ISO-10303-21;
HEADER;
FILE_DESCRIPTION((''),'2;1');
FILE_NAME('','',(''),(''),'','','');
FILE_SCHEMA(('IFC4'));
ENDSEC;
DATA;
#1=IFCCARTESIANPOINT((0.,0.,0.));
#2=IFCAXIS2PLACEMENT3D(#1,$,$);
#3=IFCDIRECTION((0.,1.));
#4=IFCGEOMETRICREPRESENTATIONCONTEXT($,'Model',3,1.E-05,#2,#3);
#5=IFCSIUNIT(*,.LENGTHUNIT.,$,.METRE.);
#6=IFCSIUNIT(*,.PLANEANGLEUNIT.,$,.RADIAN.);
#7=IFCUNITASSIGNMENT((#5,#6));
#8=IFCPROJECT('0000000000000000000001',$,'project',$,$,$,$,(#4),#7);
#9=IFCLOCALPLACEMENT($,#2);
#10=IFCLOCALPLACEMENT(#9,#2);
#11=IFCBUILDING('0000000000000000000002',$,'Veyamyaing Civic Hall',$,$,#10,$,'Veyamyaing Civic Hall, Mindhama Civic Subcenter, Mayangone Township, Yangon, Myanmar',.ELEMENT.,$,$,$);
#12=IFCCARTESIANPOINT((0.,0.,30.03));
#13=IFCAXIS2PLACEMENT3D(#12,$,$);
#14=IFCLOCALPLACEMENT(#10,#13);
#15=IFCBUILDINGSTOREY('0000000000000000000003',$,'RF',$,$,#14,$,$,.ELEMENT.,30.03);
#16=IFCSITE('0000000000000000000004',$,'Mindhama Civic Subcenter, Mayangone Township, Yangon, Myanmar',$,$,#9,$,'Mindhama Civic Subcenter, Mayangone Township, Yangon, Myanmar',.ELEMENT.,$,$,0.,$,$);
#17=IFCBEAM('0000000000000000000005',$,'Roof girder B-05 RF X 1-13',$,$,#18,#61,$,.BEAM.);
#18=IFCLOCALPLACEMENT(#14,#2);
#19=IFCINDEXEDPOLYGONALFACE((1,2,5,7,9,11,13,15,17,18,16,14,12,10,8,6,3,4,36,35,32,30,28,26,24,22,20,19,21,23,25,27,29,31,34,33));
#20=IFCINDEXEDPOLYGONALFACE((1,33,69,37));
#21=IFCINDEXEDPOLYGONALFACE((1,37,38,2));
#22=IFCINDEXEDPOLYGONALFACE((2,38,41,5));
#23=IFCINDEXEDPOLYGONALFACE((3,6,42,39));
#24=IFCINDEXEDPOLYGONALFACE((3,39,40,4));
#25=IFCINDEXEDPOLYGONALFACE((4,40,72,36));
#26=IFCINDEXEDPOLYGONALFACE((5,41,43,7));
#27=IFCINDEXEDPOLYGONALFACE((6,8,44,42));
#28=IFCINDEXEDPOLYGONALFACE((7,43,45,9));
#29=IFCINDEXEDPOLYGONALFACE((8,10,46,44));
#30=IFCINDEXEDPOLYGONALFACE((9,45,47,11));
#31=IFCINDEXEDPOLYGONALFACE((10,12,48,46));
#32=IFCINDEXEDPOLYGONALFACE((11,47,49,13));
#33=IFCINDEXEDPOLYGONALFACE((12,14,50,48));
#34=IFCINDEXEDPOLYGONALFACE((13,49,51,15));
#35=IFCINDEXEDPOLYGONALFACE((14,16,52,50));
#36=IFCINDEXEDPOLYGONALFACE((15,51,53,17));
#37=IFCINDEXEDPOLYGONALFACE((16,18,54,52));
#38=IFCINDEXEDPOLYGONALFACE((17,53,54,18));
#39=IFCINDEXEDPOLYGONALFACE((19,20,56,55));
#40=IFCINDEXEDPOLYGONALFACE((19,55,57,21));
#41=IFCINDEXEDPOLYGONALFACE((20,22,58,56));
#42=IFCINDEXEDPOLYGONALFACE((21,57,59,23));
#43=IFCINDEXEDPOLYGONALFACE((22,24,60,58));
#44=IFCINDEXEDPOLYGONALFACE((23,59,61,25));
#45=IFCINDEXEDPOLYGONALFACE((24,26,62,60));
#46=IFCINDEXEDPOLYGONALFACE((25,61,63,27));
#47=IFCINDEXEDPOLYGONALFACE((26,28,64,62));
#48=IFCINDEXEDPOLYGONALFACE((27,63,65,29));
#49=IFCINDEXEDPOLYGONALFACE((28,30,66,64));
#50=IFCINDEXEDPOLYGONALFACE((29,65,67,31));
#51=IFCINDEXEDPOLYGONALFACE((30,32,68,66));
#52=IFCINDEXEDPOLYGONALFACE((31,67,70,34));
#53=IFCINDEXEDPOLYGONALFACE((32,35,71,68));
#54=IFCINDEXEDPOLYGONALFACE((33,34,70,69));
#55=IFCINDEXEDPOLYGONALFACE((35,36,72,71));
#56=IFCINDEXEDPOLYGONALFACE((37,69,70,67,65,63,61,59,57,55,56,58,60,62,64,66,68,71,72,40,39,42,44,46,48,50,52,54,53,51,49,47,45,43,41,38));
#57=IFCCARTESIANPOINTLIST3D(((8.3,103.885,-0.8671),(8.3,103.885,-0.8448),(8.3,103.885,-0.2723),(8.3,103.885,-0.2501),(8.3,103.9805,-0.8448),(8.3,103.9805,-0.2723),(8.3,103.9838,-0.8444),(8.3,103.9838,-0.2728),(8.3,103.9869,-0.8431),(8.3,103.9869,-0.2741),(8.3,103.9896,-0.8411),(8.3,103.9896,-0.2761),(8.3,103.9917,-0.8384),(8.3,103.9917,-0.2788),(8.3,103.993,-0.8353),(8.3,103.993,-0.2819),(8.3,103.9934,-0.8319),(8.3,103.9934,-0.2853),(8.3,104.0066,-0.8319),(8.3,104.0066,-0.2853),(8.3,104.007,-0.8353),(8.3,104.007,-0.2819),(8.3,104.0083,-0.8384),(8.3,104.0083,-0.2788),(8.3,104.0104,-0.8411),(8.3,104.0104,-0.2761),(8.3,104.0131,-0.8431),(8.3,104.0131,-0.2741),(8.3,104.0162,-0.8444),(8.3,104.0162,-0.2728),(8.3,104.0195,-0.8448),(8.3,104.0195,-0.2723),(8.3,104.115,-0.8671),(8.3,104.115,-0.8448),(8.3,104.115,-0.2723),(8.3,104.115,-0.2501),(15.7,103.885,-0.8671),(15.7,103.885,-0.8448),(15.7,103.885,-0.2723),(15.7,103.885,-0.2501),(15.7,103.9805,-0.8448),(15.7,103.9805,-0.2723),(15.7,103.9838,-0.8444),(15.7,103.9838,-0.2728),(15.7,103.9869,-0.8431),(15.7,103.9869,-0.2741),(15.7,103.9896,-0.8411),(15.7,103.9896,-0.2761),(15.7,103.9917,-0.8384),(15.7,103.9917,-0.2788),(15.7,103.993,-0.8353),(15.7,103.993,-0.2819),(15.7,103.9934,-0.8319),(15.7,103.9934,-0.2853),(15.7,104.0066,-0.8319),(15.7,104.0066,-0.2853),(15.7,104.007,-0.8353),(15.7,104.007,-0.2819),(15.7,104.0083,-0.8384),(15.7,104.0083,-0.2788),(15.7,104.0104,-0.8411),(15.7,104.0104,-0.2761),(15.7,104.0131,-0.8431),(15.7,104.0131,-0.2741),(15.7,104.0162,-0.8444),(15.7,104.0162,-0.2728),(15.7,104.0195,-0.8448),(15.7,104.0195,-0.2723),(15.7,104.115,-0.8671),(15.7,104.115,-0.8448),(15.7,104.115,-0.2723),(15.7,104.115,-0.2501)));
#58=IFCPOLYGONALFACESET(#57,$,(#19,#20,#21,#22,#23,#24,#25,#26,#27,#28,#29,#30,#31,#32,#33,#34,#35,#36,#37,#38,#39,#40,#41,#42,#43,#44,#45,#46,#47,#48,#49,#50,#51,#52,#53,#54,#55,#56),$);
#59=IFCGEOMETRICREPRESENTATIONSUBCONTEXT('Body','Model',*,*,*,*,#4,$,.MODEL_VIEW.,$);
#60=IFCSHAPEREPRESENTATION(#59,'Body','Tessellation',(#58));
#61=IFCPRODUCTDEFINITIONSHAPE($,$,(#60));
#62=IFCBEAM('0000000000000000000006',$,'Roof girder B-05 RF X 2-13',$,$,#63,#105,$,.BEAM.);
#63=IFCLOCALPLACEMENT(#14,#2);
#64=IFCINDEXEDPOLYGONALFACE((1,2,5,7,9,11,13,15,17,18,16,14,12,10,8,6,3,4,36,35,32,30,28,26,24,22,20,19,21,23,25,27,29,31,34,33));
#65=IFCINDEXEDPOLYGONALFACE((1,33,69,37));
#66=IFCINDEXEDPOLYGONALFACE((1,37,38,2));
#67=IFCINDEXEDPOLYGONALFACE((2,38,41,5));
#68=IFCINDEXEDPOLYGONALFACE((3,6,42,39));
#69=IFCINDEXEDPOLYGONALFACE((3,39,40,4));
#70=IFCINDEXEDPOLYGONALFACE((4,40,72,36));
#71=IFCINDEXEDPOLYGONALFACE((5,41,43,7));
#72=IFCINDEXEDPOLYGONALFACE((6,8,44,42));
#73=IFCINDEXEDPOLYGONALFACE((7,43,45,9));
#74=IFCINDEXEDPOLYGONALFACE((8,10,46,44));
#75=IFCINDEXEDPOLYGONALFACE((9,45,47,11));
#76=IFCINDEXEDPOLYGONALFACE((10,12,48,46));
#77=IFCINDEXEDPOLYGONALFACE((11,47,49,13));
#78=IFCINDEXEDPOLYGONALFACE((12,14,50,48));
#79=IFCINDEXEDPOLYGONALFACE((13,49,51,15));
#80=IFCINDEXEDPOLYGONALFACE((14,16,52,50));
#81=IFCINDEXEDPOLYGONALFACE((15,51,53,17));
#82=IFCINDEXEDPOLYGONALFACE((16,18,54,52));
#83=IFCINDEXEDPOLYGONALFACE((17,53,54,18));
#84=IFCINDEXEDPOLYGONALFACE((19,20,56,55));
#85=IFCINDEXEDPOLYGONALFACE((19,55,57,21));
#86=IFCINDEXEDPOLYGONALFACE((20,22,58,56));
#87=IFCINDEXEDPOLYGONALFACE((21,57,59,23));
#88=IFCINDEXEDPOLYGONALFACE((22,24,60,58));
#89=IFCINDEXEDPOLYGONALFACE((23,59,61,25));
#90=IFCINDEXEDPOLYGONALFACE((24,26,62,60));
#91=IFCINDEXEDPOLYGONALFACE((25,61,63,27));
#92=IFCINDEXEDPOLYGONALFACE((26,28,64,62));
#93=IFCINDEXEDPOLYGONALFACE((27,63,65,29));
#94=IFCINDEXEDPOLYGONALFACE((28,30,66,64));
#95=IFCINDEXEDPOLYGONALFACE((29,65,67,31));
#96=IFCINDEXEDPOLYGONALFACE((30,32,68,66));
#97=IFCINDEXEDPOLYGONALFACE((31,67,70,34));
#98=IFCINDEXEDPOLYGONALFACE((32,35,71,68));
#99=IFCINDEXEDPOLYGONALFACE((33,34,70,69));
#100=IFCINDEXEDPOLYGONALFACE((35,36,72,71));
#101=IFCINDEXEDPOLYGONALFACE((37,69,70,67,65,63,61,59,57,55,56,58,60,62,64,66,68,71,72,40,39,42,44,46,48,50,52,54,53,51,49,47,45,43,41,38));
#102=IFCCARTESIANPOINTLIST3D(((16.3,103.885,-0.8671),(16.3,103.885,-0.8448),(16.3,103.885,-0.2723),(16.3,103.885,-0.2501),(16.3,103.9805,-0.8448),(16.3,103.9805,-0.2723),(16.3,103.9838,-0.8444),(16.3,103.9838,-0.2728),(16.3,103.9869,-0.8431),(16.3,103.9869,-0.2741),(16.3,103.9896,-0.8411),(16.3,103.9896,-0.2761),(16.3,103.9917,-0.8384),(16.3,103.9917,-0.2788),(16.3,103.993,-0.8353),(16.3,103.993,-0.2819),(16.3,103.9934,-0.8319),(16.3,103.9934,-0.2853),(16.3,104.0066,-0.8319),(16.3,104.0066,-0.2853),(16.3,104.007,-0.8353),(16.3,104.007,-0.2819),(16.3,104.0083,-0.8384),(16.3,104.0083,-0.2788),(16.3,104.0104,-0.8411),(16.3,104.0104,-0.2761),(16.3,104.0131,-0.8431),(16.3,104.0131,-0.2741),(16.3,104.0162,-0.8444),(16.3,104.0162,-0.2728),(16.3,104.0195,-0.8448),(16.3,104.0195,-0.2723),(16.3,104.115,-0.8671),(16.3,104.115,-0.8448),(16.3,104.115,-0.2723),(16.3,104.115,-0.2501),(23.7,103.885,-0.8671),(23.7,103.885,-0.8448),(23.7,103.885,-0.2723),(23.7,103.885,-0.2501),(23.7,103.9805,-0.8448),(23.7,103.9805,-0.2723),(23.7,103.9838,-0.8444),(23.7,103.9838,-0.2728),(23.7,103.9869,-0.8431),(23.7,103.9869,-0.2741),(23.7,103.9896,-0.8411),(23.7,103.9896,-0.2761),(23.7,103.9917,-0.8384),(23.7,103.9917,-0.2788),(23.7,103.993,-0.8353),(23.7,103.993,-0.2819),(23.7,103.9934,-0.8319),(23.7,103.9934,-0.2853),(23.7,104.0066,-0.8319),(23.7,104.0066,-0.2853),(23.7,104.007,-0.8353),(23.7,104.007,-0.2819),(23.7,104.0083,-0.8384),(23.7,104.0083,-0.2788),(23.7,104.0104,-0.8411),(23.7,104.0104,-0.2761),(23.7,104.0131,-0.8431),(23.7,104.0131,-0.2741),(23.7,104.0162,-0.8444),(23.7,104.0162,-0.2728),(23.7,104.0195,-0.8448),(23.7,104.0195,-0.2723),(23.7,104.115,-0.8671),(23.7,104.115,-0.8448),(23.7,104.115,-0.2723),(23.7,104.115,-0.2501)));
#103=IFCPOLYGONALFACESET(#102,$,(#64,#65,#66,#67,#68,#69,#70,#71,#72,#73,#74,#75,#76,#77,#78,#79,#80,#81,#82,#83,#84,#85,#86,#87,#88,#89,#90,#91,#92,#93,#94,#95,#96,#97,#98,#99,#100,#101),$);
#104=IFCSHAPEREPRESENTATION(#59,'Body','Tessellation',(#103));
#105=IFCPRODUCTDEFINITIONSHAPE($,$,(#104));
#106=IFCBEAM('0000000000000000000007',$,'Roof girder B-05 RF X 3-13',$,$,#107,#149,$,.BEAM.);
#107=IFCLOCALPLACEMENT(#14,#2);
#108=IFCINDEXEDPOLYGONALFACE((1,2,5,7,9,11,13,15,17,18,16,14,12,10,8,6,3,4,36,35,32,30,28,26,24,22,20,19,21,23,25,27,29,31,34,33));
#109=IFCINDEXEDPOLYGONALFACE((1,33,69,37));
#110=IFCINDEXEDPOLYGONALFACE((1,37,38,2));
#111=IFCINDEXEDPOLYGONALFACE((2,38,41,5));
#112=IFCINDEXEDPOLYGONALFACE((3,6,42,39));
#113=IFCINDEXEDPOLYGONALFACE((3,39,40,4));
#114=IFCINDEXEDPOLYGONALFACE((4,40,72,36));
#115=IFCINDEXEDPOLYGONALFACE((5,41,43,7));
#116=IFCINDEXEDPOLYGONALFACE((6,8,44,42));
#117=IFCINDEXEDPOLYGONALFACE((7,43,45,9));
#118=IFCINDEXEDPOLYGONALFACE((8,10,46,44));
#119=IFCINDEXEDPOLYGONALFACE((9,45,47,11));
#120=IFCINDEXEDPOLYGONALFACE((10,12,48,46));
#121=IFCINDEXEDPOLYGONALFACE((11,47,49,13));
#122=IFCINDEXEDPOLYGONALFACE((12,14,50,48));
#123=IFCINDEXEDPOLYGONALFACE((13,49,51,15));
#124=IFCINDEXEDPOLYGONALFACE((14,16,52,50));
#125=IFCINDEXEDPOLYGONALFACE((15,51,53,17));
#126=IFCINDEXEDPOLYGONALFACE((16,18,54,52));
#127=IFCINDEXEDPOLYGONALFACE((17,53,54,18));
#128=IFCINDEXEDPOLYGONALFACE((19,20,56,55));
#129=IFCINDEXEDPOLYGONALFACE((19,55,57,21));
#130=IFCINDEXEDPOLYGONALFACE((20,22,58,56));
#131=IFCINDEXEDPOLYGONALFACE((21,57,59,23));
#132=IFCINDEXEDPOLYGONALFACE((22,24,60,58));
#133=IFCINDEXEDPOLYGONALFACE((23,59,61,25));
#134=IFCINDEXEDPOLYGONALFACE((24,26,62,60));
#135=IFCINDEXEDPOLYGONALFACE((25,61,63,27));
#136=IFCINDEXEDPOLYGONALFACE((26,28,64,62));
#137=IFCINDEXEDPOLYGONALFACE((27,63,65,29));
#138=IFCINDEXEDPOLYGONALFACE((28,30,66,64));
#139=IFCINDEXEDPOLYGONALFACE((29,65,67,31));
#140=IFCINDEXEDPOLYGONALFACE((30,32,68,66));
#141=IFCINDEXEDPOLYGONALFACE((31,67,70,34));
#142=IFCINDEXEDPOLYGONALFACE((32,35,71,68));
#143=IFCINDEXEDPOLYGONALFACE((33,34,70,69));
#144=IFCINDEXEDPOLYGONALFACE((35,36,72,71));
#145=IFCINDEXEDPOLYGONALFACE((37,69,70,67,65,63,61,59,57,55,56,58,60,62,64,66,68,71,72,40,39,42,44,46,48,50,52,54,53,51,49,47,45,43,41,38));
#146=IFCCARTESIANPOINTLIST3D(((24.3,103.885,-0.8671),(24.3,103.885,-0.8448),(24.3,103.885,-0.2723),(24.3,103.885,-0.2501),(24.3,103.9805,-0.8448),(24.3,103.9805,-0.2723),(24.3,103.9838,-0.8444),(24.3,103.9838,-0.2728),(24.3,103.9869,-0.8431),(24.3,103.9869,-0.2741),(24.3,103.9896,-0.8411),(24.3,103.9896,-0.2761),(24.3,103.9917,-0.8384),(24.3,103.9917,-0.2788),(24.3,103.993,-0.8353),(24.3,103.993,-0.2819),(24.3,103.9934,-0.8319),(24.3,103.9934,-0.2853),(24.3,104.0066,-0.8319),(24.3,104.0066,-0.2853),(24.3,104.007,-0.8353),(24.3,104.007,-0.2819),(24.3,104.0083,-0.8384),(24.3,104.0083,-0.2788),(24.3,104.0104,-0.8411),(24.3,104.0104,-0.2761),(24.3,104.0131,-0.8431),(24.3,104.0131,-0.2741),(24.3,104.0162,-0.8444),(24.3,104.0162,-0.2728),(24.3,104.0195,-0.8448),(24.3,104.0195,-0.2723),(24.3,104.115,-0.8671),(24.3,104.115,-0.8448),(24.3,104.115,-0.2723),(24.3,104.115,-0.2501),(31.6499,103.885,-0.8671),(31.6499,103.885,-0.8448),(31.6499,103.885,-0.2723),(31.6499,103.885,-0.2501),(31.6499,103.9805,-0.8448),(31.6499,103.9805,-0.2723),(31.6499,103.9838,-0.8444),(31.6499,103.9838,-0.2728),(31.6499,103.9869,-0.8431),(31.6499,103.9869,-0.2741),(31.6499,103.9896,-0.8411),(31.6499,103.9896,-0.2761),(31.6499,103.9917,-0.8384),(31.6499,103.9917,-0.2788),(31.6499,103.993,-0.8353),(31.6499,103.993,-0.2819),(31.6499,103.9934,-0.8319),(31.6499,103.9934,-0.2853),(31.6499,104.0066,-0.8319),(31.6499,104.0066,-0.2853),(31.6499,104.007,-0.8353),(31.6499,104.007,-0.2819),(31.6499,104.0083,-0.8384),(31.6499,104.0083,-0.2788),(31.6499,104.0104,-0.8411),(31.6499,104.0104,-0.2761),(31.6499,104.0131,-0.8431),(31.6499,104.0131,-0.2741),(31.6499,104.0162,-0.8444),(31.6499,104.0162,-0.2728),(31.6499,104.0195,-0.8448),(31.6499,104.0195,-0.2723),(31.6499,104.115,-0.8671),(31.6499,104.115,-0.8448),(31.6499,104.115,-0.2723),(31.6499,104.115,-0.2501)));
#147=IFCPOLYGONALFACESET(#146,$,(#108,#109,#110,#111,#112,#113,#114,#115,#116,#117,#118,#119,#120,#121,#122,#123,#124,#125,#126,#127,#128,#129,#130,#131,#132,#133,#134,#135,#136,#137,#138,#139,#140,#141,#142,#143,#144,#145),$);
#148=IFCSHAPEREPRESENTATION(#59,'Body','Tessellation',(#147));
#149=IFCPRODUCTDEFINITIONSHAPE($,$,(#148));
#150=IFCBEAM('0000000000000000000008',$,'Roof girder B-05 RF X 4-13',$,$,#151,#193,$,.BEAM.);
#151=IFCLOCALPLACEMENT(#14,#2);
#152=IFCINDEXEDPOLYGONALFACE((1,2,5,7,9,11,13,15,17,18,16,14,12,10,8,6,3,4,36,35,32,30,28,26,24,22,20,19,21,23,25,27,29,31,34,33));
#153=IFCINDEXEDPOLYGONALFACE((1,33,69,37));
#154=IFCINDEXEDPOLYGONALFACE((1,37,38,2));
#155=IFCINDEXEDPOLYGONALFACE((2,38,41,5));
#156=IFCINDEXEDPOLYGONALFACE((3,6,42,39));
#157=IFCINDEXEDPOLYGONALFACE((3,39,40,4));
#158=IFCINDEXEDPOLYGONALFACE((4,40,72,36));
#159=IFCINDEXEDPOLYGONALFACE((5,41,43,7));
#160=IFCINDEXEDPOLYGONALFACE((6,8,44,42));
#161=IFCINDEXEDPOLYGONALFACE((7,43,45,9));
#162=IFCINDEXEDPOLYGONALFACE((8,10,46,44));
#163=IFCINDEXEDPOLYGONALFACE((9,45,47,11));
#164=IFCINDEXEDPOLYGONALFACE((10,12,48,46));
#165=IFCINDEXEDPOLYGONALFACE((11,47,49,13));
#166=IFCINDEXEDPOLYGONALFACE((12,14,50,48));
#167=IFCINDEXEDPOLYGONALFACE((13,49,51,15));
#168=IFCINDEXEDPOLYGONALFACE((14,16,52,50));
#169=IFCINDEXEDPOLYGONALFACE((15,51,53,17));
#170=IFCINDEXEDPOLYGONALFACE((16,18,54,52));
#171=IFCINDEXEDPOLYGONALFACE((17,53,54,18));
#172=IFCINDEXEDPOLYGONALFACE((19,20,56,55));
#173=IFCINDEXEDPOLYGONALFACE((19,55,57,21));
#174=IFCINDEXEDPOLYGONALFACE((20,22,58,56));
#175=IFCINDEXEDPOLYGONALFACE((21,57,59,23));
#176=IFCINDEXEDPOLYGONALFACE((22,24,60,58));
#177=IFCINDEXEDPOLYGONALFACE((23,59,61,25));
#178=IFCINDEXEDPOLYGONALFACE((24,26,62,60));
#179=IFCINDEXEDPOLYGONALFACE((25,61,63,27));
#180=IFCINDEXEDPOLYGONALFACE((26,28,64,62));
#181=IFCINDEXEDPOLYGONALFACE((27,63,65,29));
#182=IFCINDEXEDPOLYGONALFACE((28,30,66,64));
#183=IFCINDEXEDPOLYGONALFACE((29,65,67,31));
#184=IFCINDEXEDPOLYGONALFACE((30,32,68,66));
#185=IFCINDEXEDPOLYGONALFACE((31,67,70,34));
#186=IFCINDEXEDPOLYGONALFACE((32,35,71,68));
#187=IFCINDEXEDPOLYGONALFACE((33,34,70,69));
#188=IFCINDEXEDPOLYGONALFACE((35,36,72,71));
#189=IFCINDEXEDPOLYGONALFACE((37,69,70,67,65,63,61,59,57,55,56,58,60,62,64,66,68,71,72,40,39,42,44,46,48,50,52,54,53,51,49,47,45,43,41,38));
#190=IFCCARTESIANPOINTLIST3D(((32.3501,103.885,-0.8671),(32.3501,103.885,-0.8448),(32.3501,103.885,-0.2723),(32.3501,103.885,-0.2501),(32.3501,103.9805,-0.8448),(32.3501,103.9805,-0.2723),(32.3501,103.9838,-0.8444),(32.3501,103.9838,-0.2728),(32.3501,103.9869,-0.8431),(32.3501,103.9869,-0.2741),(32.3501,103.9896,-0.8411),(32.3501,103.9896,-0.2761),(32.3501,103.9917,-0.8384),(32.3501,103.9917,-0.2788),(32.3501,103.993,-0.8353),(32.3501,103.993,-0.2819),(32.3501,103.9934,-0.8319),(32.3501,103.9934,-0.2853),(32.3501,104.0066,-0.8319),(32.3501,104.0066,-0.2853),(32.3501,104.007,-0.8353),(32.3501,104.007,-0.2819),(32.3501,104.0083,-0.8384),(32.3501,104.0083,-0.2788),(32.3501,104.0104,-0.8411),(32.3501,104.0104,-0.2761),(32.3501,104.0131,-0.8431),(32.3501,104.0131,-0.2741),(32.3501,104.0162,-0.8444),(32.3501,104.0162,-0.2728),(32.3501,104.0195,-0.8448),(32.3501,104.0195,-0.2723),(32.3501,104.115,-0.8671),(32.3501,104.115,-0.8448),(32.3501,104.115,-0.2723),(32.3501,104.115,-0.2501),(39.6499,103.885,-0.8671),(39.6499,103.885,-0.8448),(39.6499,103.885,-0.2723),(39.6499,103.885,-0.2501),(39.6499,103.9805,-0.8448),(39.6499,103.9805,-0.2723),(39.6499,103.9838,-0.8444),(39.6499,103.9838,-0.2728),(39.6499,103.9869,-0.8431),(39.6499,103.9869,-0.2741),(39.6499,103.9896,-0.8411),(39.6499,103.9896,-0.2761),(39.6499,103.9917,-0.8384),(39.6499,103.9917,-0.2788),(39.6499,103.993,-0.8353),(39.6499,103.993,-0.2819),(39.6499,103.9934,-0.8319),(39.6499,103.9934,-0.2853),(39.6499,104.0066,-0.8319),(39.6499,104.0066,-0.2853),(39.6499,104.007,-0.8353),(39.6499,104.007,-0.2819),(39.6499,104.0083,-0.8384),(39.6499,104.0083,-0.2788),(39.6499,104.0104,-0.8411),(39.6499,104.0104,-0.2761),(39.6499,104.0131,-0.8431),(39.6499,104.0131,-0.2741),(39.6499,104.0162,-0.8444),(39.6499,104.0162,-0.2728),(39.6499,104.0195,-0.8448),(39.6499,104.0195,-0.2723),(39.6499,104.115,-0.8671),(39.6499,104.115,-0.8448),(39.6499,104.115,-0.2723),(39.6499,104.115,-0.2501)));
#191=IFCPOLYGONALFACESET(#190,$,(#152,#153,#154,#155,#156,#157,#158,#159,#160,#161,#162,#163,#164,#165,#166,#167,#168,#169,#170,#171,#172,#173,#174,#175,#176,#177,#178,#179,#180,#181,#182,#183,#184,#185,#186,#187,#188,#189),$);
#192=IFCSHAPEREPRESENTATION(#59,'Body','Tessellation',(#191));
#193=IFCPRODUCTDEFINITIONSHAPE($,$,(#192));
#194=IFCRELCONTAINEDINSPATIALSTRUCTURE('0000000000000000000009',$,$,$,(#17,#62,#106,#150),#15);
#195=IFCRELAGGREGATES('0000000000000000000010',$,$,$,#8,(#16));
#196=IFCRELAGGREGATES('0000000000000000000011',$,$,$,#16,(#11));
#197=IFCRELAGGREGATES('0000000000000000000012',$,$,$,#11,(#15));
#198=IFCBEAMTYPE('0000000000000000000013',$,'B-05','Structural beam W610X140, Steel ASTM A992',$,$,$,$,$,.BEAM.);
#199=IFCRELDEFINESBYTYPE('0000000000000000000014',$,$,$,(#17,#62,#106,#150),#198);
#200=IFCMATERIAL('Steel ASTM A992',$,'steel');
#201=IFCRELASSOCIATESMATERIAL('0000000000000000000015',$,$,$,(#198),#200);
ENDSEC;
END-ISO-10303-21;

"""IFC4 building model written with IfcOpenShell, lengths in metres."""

from ifc_helpers import new_model, si_unit, direction, frame, origin, origin_2d, place, context, subcontext, project, spatial, i_section, extrude, material, material_profile, profile_set, type_object, element, save


model = new_model("IFC4")

# Units and contexts
model_context = context("Model", 3, precision=1e-05, world=origin(), true_north=direction((0.0, 1.0)))
body_context = subcontext(model_context, "Body", "Model", "MODEL_VIEW")
ifc_project = project(units=[si_unit("LENGTHUNIT", "METRE"), si_unit("PLANEANGLEUNIT", "RADIAN")], contexts=[model_context])

# Site, building, storey
site_placement = place(None, origin())
site = spatial("IfcSite", under=ifc_project, at=site_placement, Name="Mindhama Civic Subcenter, Mayangone Township, Yangon, Myanmar", LongName="Mindhama Civic Subcenter, Mayangone Township, Yangon, Myanmar", CompositionType="ELEMENT", RefElevation=0.0)
building_placement = place(site_placement, origin())
building = spatial("IfcBuilding", under=site, at=building_placement, Name="Veyamyaing Civic Hall", LongName="Veyamyaing Civic Hall, Mindhama Civic Subcenter, Mayangone Township, Yangon, Myanmar", CompositionType="ELEMENT")
storey_placement = place(building_placement, frame((0.0, 0.0, 30.03)))
storey = spatial("IfcBuildingStorey", under=building, at=storey_placement, Name="RF", CompositionType="ELEMENT", Elevation=30.03)

# Beams
ifc_material_1 = material(Name="Steel ASTM A992", Category="steel")
ifc_material_profile_1 = material_profile(ifc_material_1, i_section(OverallWidth=0.23, OverallDepth=0.6169, WebThickness=0.0132, FlangeThickness=0.0222, FilletRadius=0.0129, at=origin_2d()), Name="W610X140")
ifc_profile_set_1 = profile_set([ifc_material_profile_1], Name="Steel ASTM A992")
beam_type_1 = type_object("IfcBeamType", Name="B-05", Description="Structural beam W610X140, Steel ASTM A992", PredefinedType="BEAM", material=ifc_profile_set_1)
for number, where, z_axis, x_axis, name in (
    (1, (8.3, 104.0, -0.5586), (1.0, 0.0, 0.0), (0.0, 1.0, 0.0), "Roof girder B-05 RF X 1-13"),
    (2, (16.3, 104.0, -0.5586), (1.0, 0.0, 0.0), (0.0, 1.0, 0.0), "Roof girder B-05 RF X 2-13"),
):
    element("IfcBeam", number, at=place(storey_placement, frame(where, z_axis=z_axis, x_axis=x_axis)), inside=storey, type_object=beam_type_1, Name=name, PredefinedType="BEAM", context=body_context, shape_type="SweptSolid", body=[
        extrude(i_section(OverallWidth=0.23, OverallDepth=0.6169, WebThickness=0.0132, FlangeThickness=0.0222, FilletRadius=0.0129, at=origin_2d()), origin(), (0.0, 0.0, 1.0), 7.3999),
    ])
beam_1_placement = place(storey_placement, frame((24.3, 104.0, -0.5586), z_axis=(1.0, 0.0, 0.0), x_axis=(0.0, 1.0, 0.0)))
element("IfcBeam", 3, at=beam_1_placement, inside=storey, type_object=beam_type_1, Name="Roof girder B-05 RF X 3-13", PredefinedType="BEAM", context=body_context, shape_type="SweptSolid", body=[
    extrude(i_section(OverallWidth=0.23, OverallDepth=0.6169, WebThickness=0.0132, FlangeThickness=0.0222, FilletRadius=0.0129, at=origin_2d()), origin(), (0.0, 0.0, 1.0), 7.3499),
])
beam_2_placement = place(storey_placement, frame((32.3501, 104.0, -0.5586), z_axis=(1.0, 0.0, 0.0), x_axis=(0.0, 1.0, 0.0)))
element("IfcBeam", 4, at=beam_2_placement, inside=storey, type_object=beam_type_1, Name="Roof girder B-05 RF X 4-13", PredefinedType="BEAM", context=body_context, shape_type="SweptSolid", body=[
    extrude(i_section(OverallWidth=0.23, OverallDepth=0.6169, WebThickness=0.0132, FlangeThickness=0.0222, FilletRadius=0.0129, at=origin_2d()), origin(), (0.0, 0.0, 1.0), 7.2998),
])

save(model, "model.ifc")
